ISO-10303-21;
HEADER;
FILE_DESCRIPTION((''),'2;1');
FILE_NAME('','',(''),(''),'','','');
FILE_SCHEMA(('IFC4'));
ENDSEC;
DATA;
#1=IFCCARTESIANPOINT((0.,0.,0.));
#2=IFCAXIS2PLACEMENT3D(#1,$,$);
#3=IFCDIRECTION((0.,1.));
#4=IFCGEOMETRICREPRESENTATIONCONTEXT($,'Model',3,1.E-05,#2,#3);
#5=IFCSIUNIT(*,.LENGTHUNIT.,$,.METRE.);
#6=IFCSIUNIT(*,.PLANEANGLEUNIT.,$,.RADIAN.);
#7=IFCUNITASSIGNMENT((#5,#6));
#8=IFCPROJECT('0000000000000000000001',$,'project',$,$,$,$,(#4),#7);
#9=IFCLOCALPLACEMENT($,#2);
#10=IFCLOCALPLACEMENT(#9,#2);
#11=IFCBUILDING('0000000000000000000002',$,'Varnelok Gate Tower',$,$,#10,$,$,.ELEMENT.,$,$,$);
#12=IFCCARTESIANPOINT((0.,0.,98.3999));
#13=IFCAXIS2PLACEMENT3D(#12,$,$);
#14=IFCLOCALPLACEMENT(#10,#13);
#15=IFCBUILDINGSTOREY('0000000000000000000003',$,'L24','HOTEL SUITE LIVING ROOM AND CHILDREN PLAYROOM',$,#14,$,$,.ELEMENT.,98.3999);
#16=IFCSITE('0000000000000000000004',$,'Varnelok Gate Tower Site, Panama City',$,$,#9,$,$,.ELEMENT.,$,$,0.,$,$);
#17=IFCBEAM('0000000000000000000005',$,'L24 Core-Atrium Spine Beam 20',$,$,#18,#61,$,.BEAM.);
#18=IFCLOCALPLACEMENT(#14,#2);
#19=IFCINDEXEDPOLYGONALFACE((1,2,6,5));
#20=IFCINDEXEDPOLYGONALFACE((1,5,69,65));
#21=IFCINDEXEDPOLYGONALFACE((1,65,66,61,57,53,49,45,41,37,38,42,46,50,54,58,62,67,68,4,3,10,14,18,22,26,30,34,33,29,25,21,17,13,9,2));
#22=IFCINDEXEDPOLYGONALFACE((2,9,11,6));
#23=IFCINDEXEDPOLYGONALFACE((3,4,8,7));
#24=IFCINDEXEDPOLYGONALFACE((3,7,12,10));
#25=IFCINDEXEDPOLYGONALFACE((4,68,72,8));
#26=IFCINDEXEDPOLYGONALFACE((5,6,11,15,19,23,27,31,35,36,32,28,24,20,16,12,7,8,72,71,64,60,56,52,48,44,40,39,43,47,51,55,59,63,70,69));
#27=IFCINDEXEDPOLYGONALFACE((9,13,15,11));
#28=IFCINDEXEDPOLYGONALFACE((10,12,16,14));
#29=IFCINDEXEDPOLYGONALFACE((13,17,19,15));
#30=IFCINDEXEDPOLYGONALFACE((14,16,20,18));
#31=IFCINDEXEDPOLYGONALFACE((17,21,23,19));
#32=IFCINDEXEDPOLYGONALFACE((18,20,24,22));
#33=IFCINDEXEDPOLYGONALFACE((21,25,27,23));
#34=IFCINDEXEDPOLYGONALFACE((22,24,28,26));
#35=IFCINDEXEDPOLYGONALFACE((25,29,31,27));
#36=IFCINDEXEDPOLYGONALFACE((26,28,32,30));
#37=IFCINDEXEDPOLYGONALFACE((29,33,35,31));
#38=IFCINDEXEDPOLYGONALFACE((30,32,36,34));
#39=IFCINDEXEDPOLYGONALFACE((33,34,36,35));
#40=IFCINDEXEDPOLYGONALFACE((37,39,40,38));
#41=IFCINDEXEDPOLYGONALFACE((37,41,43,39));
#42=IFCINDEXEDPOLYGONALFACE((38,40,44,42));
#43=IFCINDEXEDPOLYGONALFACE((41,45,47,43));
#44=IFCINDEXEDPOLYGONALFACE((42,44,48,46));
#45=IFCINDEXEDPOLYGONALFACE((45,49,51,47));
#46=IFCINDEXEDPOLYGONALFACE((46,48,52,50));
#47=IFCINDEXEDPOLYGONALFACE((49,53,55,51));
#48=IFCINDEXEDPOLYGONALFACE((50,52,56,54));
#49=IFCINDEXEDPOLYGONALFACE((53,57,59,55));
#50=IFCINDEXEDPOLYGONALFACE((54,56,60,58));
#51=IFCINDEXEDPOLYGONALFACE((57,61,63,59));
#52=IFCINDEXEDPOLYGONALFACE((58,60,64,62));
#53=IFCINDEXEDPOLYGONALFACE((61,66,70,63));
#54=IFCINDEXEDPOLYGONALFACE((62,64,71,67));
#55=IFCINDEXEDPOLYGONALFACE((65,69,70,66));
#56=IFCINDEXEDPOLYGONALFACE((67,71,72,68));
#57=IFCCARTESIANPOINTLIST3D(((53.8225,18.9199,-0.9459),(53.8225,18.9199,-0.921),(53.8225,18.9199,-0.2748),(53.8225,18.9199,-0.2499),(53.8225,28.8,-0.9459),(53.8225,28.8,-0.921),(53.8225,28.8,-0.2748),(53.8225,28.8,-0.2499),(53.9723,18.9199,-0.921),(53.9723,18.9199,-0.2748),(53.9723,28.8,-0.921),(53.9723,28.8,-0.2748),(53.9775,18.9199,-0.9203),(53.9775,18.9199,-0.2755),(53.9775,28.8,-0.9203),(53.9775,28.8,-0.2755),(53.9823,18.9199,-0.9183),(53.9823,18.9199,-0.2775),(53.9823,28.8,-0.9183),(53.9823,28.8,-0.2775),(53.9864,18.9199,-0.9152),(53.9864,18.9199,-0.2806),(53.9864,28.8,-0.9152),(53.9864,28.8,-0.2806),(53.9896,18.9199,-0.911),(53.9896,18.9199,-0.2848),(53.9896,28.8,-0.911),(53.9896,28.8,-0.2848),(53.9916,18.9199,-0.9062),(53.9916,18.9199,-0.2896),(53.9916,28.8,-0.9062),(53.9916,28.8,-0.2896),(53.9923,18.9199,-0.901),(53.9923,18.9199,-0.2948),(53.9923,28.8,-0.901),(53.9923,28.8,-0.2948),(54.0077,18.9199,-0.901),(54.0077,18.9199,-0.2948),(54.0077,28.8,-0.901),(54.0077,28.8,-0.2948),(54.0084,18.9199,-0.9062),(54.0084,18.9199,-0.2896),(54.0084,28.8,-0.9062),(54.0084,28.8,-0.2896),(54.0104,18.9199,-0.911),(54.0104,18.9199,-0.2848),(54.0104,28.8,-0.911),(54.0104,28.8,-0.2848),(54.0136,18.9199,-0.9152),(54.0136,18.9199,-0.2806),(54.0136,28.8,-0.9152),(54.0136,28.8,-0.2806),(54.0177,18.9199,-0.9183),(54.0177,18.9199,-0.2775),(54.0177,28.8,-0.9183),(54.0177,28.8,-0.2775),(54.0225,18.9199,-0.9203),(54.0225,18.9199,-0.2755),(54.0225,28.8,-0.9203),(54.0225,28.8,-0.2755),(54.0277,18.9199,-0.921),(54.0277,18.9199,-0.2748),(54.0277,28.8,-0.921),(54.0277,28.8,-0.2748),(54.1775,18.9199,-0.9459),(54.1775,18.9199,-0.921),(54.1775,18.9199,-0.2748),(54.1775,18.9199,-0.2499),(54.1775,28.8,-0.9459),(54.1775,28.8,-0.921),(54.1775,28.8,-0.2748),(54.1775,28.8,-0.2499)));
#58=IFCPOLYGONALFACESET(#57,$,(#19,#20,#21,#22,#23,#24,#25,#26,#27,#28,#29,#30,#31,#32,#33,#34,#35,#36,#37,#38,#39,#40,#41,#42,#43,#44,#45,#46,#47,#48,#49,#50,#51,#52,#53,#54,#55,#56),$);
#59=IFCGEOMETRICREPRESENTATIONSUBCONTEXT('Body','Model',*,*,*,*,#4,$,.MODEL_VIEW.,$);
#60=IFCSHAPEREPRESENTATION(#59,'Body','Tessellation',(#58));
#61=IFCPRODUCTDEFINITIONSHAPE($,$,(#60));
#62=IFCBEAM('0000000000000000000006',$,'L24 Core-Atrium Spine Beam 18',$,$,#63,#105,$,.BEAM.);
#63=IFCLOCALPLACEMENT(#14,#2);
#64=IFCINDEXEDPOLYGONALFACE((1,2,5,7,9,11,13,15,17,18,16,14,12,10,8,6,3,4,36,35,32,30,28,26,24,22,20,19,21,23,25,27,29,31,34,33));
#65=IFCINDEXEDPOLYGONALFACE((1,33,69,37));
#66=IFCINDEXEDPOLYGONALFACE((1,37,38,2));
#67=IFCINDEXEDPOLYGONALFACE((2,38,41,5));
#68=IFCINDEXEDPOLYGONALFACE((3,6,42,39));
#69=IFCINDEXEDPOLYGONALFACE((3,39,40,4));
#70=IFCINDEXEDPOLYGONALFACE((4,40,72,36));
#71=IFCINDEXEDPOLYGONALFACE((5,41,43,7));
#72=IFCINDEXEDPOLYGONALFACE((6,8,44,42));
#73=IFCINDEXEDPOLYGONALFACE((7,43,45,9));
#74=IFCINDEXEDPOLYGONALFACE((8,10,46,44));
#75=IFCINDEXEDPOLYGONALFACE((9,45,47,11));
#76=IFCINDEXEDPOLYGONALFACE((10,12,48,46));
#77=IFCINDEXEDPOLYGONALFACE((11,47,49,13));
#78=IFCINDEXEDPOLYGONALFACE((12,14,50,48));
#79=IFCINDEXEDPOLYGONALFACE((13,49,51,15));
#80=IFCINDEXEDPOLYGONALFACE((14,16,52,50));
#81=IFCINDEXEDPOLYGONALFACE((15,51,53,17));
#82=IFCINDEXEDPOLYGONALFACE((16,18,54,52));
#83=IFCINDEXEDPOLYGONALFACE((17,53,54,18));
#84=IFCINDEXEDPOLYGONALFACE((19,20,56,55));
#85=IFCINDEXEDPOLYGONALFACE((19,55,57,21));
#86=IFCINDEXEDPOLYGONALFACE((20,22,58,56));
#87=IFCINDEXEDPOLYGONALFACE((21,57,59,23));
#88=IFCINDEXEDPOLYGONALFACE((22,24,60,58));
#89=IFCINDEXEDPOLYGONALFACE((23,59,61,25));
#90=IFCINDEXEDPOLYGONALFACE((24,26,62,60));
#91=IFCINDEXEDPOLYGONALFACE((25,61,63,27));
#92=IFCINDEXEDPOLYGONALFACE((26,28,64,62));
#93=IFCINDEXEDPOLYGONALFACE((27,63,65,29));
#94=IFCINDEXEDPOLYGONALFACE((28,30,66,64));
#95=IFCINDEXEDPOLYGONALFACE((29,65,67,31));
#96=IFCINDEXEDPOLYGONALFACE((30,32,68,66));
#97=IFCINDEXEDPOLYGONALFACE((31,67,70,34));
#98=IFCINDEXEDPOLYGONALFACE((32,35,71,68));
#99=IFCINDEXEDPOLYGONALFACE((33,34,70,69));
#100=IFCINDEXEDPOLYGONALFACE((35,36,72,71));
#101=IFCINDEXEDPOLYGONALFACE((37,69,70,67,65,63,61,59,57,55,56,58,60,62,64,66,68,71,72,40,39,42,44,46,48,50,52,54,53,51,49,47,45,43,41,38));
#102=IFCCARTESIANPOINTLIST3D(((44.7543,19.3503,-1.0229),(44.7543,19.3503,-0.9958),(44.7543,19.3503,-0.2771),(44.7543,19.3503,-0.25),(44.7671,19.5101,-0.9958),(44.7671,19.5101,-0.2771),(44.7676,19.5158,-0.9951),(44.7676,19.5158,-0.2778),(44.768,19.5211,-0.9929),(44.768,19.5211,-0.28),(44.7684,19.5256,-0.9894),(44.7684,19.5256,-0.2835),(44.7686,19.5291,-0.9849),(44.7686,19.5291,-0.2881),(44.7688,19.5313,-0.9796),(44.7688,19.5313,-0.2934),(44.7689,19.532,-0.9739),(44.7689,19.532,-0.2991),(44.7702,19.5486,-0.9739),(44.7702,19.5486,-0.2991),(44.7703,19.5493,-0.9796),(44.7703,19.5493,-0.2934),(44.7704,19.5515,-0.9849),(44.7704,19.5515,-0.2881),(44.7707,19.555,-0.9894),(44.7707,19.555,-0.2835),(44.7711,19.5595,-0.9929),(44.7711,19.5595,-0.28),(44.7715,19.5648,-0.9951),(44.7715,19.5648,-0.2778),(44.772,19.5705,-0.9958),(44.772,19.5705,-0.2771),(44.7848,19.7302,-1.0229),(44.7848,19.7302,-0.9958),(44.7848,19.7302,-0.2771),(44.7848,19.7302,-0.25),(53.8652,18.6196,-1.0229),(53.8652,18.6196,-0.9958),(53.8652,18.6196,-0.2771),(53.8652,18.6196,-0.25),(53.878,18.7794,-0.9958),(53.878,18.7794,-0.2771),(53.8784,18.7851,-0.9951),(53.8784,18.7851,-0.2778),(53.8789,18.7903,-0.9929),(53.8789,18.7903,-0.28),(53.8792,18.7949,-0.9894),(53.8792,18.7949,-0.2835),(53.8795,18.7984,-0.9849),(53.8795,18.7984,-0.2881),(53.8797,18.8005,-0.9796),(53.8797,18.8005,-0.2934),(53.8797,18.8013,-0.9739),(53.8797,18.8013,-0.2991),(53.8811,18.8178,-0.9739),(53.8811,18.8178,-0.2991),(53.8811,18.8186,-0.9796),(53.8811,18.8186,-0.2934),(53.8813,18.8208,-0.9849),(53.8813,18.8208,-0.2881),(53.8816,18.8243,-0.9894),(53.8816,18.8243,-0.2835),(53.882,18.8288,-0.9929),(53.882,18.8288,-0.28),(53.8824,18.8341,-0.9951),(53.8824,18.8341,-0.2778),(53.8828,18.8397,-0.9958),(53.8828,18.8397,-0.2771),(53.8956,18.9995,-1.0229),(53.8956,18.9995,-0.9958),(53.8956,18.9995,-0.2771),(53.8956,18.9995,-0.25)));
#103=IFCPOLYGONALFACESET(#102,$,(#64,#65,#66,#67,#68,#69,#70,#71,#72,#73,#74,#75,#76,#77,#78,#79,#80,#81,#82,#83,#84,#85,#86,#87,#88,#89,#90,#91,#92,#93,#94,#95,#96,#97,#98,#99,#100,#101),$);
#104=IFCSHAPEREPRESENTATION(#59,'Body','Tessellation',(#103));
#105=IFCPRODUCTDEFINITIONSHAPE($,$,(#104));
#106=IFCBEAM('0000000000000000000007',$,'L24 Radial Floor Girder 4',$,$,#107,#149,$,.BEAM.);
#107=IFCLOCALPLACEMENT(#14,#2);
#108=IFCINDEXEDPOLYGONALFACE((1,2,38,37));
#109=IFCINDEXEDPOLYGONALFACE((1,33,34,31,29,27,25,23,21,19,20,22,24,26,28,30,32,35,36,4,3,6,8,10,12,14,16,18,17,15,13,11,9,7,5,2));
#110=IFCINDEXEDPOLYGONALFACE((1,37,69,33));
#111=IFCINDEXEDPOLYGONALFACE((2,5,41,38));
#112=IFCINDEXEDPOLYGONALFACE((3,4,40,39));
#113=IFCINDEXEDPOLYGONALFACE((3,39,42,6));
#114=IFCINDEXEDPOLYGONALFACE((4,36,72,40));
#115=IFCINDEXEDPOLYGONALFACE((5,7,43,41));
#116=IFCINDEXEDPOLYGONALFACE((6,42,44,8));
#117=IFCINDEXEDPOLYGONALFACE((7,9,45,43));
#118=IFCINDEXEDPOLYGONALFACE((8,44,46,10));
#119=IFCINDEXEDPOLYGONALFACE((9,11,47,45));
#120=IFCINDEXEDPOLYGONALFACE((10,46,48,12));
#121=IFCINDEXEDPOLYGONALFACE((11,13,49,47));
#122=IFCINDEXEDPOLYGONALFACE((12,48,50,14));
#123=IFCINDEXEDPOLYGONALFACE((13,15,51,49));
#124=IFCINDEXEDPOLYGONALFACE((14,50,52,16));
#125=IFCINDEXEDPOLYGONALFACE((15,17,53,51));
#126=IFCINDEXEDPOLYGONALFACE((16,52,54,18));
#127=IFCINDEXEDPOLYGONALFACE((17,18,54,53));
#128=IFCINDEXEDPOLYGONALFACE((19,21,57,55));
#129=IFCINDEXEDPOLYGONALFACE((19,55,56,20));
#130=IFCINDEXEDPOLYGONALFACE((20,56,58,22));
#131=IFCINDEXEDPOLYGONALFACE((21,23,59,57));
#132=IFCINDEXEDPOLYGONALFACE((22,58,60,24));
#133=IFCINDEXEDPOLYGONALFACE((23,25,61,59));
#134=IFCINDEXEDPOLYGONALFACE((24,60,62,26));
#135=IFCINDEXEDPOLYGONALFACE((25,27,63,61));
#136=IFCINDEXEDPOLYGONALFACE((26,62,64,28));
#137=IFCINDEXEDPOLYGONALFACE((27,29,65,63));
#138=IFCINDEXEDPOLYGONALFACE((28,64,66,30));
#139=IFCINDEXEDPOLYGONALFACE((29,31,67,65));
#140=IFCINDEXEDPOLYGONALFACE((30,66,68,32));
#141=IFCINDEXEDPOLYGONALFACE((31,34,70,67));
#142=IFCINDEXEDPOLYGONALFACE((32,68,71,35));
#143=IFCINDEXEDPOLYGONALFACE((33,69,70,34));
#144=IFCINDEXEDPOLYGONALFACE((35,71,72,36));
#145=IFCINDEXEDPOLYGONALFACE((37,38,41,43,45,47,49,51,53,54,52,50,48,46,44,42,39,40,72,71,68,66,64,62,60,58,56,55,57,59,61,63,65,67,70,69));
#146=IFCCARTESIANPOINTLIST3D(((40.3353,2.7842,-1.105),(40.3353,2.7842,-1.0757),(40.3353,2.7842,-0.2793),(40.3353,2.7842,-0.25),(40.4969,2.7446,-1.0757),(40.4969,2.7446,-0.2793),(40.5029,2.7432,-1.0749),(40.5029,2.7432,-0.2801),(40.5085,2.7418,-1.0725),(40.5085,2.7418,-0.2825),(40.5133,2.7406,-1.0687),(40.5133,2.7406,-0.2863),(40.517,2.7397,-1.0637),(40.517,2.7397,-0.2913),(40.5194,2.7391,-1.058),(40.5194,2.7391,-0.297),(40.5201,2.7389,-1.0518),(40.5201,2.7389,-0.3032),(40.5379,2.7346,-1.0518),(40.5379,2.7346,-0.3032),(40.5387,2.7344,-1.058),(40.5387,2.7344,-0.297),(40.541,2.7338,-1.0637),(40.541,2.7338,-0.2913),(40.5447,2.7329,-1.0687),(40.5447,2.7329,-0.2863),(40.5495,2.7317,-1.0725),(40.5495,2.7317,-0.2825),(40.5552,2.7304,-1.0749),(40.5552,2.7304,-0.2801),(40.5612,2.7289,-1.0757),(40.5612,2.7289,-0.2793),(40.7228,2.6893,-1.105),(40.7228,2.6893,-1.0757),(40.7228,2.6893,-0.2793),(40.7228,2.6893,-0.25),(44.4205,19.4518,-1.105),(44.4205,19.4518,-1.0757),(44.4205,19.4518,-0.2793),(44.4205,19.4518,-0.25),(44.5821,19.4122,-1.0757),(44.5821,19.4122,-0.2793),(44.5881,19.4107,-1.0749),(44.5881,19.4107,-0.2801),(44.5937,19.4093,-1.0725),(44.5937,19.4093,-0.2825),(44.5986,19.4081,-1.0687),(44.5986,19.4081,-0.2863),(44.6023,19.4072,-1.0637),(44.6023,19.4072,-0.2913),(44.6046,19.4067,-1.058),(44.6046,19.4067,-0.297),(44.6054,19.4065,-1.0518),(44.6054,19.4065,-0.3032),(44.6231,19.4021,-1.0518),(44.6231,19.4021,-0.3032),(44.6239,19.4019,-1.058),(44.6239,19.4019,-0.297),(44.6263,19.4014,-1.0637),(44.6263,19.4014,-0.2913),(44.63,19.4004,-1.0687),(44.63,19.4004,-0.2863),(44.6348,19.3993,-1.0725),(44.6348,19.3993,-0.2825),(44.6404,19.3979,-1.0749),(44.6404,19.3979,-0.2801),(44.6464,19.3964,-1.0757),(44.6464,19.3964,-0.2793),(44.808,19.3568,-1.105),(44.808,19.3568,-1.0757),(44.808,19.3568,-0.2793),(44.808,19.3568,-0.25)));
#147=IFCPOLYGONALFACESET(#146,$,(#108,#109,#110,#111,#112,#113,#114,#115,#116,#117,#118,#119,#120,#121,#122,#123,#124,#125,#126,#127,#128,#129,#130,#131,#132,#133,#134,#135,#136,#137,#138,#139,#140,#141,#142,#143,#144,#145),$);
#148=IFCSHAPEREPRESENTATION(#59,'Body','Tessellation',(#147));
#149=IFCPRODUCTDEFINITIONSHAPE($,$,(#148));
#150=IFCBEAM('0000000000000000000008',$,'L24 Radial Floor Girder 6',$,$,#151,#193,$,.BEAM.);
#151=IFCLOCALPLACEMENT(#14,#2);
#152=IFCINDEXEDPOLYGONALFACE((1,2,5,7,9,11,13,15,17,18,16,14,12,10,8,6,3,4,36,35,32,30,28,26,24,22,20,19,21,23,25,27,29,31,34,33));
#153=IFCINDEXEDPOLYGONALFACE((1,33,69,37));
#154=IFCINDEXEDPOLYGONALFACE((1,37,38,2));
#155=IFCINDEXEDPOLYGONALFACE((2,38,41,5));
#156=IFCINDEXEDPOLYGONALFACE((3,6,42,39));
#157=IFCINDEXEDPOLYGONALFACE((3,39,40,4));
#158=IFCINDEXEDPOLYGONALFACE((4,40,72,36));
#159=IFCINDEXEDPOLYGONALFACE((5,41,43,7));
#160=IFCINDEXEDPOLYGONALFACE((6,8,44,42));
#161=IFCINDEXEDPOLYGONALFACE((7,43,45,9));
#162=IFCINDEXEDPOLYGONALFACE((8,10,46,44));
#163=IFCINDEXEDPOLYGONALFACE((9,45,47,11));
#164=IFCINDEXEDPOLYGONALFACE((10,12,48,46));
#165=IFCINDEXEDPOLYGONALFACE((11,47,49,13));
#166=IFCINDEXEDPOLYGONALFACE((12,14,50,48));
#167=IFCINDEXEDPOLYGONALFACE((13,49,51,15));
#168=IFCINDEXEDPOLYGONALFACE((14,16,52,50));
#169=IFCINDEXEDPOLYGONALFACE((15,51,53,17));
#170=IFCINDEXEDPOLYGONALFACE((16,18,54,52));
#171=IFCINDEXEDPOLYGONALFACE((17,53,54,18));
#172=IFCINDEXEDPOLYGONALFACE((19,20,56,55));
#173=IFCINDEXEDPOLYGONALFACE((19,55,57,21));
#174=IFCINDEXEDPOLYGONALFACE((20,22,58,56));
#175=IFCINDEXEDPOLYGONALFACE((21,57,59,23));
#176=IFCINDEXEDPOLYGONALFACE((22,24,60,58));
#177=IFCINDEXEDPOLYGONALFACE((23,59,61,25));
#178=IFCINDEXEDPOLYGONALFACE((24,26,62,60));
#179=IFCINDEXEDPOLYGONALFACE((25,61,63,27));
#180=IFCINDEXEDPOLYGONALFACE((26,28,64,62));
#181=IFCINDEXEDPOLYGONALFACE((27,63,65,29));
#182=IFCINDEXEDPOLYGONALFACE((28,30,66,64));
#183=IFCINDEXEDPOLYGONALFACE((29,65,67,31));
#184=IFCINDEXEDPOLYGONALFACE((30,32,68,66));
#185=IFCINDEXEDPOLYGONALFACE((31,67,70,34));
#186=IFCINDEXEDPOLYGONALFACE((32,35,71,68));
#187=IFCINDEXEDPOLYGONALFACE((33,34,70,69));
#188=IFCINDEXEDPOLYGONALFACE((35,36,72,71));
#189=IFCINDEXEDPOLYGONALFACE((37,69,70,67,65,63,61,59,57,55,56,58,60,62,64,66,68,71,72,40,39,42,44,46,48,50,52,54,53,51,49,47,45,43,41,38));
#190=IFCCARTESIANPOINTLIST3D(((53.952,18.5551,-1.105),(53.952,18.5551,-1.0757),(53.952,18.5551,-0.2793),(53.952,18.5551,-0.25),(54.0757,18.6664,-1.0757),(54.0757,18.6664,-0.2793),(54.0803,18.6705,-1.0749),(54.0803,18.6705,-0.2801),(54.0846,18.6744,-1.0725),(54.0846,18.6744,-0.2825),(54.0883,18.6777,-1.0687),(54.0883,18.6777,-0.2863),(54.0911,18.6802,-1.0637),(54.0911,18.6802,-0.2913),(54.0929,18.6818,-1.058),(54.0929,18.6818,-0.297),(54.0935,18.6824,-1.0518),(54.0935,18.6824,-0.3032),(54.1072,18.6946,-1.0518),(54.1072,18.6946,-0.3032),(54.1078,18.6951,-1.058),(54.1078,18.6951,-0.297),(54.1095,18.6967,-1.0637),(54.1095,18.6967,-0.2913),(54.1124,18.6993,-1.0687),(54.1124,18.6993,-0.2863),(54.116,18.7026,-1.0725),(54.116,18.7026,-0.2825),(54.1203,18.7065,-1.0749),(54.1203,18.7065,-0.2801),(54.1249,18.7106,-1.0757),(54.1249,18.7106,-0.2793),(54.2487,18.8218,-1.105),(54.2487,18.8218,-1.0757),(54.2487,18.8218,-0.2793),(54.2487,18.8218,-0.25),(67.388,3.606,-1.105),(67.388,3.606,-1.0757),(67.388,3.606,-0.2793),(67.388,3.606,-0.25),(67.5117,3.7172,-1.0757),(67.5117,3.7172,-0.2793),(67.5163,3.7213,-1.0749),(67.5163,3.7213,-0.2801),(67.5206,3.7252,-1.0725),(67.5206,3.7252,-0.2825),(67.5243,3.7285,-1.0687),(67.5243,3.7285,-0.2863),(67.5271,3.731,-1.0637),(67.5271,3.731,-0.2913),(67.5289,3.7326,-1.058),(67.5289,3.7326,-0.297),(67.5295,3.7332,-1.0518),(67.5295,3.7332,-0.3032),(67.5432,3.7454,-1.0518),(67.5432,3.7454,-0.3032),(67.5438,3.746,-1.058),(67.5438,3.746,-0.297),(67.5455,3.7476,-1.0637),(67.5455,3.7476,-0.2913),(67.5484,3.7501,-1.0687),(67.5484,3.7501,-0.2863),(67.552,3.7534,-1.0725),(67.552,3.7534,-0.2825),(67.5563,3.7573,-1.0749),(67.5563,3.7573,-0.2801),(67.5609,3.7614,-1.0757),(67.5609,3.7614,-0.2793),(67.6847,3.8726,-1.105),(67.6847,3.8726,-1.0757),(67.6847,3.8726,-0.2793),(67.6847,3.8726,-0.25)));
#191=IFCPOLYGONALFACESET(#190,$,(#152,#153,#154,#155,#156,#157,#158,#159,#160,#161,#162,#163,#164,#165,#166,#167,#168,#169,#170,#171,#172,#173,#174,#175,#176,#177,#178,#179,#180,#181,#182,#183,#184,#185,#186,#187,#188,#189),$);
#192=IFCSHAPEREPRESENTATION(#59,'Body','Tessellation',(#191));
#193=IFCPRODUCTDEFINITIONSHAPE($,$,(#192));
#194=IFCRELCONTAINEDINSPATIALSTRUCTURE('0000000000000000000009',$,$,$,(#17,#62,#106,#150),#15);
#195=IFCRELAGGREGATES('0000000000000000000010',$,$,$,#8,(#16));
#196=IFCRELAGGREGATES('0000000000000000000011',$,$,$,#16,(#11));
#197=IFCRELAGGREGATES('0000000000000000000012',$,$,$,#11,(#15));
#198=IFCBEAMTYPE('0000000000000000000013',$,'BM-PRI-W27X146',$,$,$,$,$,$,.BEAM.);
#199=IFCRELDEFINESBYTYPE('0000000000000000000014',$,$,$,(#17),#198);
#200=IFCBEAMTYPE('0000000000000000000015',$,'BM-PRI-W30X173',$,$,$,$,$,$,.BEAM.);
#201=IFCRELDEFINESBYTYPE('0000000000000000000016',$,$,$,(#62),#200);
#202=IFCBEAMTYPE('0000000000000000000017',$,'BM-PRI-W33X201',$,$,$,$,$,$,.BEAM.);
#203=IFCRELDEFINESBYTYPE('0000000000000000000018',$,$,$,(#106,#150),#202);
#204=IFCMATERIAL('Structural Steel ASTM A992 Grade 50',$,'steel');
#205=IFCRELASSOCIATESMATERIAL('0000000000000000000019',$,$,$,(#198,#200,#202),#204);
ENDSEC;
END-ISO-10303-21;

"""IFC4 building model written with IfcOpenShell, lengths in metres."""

from ifc_helpers import new_model, si_unit, direction, frame, origin, origin_2d, place, context, subcontext, project, spatial, i_section, extrude, material, material_profile, profile_set, type_object, element, save


model = new_model("IFC4")

# Units and contexts
model_context = context("Model", 3, precision=1e-05, world=origin(), true_north=direction((0.0, 1.0)))
body_context = subcontext(model_context, "Body", "Model", "MODEL_VIEW")
ifc_project = project(units=[si_unit("LENGTHUNIT", "METRE"), si_unit("PLANEANGLEUNIT", "RADIAN")], contexts=[model_context])

# Site, building, storey
site_placement = place(None, origin())
site = spatial("IfcSite", under=ifc_project, at=site_placement, Name="Varnelok Gate Tower Site, Panama City", CompositionType="ELEMENT", RefElevation=0.0)
building_placement = place(site_placement, origin())
building = spatial("IfcBuilding", under=site, at=building_placement, Name="Varnelok Gate Tower", CompositionType="ELEMENT")
storey_placement = place(building_placement, frame((0.0, 0.0, 98.3999)))
storey = spatial("IfcBuildingStorey", under=building, at=storey_placement, Name="L24", Description="HOTEL SUITE LIVING ROOM AND CHILDREN PLAYROOM", CompositionType="ELEMENT", Elevation=98.3999)

# Shared definitions
ifc_material_1 = material(Name="Structural Steel ASTM A992 Grade 50", Category="steel")

# Beams
ifc_material_profile_1 = material_profile(ifc_material_1, i_section(OverallWidth=0.355, OverallDepth=0.696, WebThickness=0.0154, FlangeThickness=0.0249, FilletRadius=0.02, at=origin_2d()), Name="W27X146")
ifc_profile_set_1 = profile_set([ifc_material_profile_1], Name="Structural Steel ASTM A992 Grade 50")
beam_type_1 = type_object("IfcBeamType", Name="BM-PRI-W27X146", PredefinedType="BEAM", material=ifc_profile_set_1)
beam_1_placement = place(storey_placement, frame((54.0, 18.9199, -0.5979), z_axis=(0.0, 1.0, 0.0), x_axis=(-1.0, 0.0, 0.0)))
element("IfcBeam", 1, at=beam_1_placement, inside=storey, type_object=beam_type_1, Name="L24 Core-Atrium Spine Beam 20", PredefinedType="BEAM", context=body_context, shape_type="SweptSolid", body=[
    extrude(i_section(OverallWidth=0.355, OverallDepth=0.696, WebThickness=0.0154, FlangeThickness=0.0249, FilletRadius=0.02, at=origin_2d()), origin(), (0.0, 0.0, 1.0), 9.8801),
])
ifc_material_profile_2 = material_profile(ifc_material_1, i_section(OverallWidth=0.3811, OverallDepth=0.7729, WebThickness=0.0166, FlangeThickness=0.0271, FilletRadius=0.022, at=origin_2d()), Name="W30X173")
ifc_profile_set_2 = profile_set([ifc_material_profile_2], Name="Structural Steel ASTM A992 Grade 50")
beam_type_2 = type_object("IfcBeamType", Name="BM-PRI-W30X173", PredefinedType="BEAM", material=ifc_profile_set_2)
beam_2_placement = place(storey_placement, frame((44.7695, 19.5403, -0.6365), z_axis=(0.996799, -0.079946, 0.0), x_axis=(0.079946, 0.996799, 0.0)))
element("IfcBeam", 2, at=beam_2_placement, inside=storey, type_object=beam_type_2, Name="L24 Core-Atrium Spine Beam 18", PredefinedType="BEAM", context=body_context, shape_type="SweptSolid", body=[
    extrude(i_section(OverallWidth=0.3811, OverallDepth=0.7729, WebThickness=0.0166, FlangeThickness=0.0271, FilletRadius=0.022, at=origin_2d()), origin(), (0.0, 0.0, 1.0), 9.1401),
])
ifc_material_profile_3 = material_profile(ifc_material_1, i_section(OverallWidth=0.3989, OverallDepth=0.855, WebThickness=0.0183, FlangeThickness=0.0293, FilletRadius=0.0239, at=origin_2d()), Name="W33X201")
ifc_profile_set_3 = profile_set([ifc_material_profile_3], Name="Structural Steel ASTM A992 Grade 50")
beam_type_3 = type_object("IfcBeamType", Name="BM-PRI-W33X201", PredefinedType="BEAM", material=ifc_profile_set_3)
beam_3_placement = place(storey_placement, frame((44.6143, 19.4043, -0.6775), z_axis=(-0.238054, -0.971252, 0.0), x_axis=(0.971252, -0.238054, 0.0)))
element("IfcBeam", 3, at=beam_3_placement, inside=storey, type_object=beam_type_3, Name="L24 Radial Floor Girder 4", PredefinedType="BEAM", context=body_context, shape_type="SweptSolid", body=[
    extrude(i_section(OverallWidth=0.3989, OverallDepth=0.855, WebThickness=0.0183, FlangeThickness=0.0293, FilletRadius=0.0239, at=origin_2d()), origin(), (0.0, 0.0, 1.0), 17.1609),
])
beam_4_placement = place(storey_placement, frame((54.1003, 18.6885, -0.6775), z_axis=(0.668463, -0.743746, 0.0), x_axis=(0.743746, 0.668463, 0.0)))
element("IfcBeam", 4, at=beam_4_placement, inside=storey, type_object=beam_type_3, Name="L24 Radial Floor Girder 6", PredefinedType="BEAM", context=body_context, shape_type="SweptSolid", body=[
    extrude(i_section(OverallWidth=0.3989, OverallDepth=0.855, WebThickness=0.0183, FlangeThickness=0.0293, FilletRadius=0.0239, at=origin_2d()), origin(), (0.0, 0.0, 1.0), 20.0999),
])

save(model, "model.ifc")
